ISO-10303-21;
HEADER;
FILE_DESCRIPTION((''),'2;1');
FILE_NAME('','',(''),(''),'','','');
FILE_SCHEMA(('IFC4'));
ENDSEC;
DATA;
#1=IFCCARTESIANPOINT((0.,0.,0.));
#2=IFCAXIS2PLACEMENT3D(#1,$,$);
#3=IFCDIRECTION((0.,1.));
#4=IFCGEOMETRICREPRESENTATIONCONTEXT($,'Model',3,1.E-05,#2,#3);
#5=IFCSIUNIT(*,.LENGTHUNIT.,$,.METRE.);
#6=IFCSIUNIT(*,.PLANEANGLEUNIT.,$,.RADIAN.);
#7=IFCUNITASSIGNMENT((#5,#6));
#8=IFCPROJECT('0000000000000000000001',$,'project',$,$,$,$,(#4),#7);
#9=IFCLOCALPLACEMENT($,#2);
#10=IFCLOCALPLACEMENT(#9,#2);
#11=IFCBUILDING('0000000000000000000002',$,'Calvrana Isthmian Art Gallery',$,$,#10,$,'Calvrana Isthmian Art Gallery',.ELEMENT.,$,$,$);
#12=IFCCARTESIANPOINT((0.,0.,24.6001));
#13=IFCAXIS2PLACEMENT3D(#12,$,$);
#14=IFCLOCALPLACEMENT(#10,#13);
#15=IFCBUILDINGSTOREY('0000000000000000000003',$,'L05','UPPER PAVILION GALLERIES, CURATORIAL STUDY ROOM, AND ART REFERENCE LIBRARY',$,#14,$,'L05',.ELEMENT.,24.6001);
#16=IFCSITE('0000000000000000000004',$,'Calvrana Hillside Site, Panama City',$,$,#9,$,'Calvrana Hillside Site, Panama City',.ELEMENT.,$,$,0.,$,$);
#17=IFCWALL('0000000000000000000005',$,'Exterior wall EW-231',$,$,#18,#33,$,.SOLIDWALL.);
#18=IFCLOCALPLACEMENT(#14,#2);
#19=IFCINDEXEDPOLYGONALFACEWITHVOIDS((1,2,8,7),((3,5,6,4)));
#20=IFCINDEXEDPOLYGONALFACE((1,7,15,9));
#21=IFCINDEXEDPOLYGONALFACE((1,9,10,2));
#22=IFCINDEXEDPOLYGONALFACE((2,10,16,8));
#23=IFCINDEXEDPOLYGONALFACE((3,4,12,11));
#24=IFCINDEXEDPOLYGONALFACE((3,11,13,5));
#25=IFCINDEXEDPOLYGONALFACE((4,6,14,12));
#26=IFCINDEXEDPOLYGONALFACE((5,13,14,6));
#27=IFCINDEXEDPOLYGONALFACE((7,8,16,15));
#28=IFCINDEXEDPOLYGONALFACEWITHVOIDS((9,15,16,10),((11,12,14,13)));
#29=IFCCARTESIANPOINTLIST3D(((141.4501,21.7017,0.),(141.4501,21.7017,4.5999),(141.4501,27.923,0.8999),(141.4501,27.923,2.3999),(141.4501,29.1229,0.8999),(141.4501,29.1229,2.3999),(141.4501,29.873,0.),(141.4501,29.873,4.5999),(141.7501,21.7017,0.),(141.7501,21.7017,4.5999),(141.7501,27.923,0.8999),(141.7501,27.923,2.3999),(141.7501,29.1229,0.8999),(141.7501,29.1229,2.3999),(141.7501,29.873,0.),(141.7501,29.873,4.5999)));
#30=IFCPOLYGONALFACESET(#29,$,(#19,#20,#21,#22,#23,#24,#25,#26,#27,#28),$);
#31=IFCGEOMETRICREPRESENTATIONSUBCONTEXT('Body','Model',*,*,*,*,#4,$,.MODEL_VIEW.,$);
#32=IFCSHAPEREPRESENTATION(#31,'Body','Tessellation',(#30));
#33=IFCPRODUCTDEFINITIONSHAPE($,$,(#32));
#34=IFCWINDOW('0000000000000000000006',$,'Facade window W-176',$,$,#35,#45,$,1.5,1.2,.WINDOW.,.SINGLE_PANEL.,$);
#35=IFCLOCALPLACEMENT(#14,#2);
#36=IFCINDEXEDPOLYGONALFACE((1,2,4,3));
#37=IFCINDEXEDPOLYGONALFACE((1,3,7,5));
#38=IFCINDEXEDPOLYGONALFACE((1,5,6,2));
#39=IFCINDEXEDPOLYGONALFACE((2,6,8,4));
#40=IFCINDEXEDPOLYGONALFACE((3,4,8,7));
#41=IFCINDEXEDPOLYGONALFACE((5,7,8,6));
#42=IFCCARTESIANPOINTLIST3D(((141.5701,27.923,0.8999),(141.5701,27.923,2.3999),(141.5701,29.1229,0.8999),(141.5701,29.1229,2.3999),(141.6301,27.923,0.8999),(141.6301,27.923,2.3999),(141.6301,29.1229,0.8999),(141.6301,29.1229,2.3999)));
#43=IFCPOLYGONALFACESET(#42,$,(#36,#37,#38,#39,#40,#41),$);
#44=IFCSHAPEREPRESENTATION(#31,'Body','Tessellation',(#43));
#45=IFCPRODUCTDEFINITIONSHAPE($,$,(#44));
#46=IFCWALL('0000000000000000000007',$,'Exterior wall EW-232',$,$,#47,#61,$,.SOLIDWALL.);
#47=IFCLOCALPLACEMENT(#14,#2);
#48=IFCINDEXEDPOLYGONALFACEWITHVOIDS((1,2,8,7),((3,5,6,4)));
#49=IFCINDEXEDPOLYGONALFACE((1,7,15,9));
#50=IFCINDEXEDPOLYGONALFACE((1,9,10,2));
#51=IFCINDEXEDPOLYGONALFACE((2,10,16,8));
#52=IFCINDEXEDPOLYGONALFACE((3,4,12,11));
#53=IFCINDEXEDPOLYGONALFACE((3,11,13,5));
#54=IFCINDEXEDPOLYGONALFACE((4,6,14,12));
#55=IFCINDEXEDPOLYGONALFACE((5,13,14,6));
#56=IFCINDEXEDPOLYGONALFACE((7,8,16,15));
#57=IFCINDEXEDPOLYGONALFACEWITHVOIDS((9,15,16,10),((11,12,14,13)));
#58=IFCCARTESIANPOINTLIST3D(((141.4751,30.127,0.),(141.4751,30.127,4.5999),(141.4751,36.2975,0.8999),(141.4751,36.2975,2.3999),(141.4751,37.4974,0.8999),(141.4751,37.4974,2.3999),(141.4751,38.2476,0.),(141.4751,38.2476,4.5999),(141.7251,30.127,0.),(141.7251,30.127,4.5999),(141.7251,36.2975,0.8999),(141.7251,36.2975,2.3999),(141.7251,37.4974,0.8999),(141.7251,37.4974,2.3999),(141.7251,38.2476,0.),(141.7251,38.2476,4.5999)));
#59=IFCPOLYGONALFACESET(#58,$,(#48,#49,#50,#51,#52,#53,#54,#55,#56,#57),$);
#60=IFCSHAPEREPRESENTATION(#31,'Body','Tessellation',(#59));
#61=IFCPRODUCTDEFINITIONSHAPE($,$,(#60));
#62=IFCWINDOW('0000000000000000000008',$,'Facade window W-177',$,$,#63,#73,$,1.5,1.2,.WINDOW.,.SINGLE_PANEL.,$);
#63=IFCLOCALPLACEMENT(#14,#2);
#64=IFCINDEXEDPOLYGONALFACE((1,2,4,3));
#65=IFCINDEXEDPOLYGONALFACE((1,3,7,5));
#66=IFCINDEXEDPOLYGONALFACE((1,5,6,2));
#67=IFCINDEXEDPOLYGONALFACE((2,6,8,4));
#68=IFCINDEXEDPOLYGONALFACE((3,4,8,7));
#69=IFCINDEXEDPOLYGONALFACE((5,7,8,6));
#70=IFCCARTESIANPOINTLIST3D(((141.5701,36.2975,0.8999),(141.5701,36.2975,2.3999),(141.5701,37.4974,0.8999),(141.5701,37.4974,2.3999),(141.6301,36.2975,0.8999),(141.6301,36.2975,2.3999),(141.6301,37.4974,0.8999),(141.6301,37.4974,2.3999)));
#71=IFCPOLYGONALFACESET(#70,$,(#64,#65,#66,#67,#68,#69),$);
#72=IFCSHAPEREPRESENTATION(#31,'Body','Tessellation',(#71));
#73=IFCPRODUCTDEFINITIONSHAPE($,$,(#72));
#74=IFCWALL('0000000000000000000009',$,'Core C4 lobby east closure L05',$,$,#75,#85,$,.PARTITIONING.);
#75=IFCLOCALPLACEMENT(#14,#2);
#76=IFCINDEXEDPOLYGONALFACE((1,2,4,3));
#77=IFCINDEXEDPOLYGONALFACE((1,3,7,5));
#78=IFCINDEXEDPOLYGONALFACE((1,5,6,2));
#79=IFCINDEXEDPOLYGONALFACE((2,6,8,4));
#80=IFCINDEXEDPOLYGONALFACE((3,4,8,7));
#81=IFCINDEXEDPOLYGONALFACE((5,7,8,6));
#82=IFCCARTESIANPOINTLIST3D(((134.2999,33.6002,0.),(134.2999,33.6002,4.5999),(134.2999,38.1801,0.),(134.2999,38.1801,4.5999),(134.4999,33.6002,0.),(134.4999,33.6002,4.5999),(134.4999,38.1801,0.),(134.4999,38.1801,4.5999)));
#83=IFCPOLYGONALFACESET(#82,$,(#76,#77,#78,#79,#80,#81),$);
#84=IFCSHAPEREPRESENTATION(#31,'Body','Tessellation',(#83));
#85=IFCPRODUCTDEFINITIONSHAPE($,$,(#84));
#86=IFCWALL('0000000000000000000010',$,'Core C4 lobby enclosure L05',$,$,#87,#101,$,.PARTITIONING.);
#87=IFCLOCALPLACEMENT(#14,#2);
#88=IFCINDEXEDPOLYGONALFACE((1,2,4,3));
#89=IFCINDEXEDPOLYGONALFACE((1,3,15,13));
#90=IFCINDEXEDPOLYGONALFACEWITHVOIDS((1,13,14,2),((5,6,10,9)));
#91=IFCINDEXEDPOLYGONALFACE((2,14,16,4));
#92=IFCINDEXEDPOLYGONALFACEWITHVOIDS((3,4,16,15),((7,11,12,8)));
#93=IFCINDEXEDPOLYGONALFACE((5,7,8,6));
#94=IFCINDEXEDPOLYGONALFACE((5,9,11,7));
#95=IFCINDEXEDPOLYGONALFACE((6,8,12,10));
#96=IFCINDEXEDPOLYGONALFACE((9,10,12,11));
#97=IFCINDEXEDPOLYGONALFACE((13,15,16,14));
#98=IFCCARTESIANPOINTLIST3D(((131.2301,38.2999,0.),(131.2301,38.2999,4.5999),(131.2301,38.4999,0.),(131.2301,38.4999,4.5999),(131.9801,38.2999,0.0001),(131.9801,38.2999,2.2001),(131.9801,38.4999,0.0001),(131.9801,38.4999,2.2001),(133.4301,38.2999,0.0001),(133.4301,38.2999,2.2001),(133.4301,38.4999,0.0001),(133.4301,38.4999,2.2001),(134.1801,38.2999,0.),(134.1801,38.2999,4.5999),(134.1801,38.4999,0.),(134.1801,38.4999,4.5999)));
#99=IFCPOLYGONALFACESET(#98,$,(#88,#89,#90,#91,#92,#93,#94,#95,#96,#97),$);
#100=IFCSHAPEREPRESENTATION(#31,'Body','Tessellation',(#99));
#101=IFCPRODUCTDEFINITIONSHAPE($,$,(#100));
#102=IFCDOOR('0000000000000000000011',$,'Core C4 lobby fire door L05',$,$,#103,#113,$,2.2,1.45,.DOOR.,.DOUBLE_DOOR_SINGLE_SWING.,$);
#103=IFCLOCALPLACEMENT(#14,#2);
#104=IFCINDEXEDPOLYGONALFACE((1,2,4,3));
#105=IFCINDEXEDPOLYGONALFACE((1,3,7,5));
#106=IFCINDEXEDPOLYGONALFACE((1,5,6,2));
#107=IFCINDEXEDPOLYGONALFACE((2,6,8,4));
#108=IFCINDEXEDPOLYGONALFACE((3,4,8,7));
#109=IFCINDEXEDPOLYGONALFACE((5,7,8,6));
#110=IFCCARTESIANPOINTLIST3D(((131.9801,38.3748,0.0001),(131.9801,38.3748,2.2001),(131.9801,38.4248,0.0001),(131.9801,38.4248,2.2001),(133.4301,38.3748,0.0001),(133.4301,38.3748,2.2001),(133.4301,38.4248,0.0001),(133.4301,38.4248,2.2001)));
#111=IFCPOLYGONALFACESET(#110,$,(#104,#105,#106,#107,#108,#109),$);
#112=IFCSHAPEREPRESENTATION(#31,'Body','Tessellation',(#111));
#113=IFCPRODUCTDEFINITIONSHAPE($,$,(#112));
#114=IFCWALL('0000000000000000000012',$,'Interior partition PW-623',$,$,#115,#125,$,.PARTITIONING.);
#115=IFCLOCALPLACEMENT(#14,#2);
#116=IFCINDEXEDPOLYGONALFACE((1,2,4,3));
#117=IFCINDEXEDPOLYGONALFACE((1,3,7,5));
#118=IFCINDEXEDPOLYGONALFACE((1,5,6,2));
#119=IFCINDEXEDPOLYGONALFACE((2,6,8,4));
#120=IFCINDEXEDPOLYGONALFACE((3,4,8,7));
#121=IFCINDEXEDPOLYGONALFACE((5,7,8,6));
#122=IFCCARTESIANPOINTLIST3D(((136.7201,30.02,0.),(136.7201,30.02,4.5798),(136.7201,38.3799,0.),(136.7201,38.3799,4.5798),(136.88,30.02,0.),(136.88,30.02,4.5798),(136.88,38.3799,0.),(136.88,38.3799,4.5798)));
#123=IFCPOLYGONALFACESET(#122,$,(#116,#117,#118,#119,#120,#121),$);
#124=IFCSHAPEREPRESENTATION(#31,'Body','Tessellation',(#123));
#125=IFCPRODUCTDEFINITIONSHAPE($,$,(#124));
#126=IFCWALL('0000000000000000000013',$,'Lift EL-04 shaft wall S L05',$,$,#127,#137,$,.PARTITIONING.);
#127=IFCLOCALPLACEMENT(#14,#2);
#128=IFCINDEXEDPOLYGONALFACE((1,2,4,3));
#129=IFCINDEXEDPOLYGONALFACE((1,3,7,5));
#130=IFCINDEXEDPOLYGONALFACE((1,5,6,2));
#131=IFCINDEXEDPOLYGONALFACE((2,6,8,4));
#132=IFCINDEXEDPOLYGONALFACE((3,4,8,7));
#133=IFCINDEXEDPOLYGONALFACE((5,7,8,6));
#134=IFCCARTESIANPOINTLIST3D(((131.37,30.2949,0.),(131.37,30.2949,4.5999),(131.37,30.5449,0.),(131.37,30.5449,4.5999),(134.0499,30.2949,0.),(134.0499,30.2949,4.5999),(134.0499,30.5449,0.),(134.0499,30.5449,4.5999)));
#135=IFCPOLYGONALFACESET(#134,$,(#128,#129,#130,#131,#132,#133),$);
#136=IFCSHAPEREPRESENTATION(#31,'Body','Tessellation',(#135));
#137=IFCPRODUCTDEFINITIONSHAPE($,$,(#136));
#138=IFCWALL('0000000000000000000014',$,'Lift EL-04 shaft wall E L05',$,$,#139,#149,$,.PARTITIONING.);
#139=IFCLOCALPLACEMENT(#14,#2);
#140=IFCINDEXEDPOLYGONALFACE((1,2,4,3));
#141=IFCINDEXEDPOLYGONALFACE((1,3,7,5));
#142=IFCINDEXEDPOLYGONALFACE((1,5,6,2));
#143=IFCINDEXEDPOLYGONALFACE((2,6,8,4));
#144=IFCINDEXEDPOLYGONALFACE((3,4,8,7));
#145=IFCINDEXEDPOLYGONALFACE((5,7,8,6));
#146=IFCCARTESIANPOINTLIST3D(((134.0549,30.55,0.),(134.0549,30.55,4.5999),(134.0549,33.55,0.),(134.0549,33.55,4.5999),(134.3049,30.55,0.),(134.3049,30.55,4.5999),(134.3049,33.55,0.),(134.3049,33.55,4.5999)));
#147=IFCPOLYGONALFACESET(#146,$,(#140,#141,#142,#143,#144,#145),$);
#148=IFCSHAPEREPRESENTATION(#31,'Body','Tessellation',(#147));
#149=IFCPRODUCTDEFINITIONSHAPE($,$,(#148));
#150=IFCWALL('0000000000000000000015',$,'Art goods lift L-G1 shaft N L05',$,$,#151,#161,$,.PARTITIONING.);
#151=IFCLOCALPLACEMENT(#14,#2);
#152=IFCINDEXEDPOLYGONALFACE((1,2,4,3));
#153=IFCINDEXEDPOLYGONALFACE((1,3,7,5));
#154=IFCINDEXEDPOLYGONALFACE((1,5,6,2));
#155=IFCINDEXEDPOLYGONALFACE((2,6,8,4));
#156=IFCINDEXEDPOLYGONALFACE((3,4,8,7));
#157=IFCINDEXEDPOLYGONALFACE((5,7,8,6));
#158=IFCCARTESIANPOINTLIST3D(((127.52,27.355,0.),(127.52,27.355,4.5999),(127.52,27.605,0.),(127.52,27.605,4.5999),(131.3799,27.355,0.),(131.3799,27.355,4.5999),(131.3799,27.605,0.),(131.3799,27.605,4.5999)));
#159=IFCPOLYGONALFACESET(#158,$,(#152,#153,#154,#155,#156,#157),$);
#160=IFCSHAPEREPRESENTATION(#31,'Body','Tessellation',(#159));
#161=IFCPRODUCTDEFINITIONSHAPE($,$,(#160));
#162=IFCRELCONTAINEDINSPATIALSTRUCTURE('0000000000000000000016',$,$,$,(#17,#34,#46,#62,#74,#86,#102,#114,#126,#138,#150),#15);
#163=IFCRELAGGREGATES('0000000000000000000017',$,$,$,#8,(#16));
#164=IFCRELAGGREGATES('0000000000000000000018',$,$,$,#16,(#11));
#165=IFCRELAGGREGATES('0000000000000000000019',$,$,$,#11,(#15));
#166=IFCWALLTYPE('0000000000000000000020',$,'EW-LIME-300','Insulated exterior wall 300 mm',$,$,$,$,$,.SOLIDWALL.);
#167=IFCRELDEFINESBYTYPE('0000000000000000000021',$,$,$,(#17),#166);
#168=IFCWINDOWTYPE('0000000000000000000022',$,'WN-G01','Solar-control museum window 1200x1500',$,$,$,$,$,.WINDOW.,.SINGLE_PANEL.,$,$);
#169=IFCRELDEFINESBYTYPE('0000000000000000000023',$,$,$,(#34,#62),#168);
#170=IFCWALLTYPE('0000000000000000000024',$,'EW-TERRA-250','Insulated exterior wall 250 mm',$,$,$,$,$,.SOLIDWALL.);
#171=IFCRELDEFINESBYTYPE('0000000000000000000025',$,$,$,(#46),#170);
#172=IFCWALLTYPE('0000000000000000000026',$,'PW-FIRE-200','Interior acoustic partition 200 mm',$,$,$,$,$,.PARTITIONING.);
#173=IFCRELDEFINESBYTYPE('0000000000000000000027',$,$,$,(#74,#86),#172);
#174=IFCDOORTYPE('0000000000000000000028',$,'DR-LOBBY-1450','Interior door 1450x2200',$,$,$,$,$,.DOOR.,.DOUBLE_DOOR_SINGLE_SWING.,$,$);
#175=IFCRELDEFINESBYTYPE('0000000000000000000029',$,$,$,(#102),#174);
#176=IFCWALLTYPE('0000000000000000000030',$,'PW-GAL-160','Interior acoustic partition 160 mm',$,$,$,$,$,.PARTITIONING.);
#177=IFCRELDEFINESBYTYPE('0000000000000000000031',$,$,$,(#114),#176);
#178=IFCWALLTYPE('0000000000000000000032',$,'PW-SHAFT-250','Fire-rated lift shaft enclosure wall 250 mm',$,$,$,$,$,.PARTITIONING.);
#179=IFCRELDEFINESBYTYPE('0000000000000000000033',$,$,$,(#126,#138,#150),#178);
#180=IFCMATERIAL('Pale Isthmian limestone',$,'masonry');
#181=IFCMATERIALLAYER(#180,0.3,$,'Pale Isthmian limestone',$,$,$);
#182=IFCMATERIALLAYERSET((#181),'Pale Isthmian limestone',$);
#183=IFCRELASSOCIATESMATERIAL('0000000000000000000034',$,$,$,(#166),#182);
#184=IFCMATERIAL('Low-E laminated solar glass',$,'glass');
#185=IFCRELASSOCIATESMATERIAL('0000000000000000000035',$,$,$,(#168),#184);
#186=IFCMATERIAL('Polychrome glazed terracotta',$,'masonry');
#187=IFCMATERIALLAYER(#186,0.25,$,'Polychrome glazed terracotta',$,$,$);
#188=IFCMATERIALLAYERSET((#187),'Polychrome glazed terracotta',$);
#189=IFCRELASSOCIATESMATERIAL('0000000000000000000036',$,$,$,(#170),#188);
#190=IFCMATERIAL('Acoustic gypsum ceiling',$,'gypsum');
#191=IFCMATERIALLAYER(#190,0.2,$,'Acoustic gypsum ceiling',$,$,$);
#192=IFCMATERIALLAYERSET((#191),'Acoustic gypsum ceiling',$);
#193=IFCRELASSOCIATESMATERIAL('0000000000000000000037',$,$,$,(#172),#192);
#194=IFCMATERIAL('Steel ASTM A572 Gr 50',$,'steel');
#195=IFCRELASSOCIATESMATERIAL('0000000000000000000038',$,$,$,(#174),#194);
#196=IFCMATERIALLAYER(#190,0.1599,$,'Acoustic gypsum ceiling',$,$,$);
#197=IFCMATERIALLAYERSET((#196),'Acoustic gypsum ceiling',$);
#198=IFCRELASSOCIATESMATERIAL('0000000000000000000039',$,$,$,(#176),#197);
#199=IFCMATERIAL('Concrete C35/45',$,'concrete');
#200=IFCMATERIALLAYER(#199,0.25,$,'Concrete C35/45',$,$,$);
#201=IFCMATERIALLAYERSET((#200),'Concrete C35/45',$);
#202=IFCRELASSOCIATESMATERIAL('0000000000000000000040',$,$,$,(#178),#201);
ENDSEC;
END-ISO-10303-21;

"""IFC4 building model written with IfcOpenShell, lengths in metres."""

from ifc_helpers import new_model, si_unit, direction, frame, frame_2d, origin, place, context, subcontext, project, spatial, rectangle, extrude, material, layer, layer_set, type_object, element, fill, save


model = new_model("IFC4")

# Units and contexts
model_context = context("Model", 3, precision=1e-05, world=origin(), true_north=direction((0.0, 1.0)))
body_context = subcontext(model_context, "Body", "Model", "MODEL_VIEW")
ifc_project = project(units=[si_unit("LENGTHUNIT", "METRE"), si_unit("PLANEANGLEUNIT", "RADIAN")], contexts=[model_context])

# Site, building, storey
site_placement = place(None, origin())
site = spatial("IfcSite", under=ifc_project, at=site_placement, Name="Calvrana Hillside Site, Panama City", LongName="Calvrana Hillside Site, Panama City", CompositionType="ELEMENT", RefElevation=0.0)
building_placement = place(site_placement, origin())
building = spatial("IfcBuilding", under=site, at=building_placement, Name="Calvrana Isthmian Art Gallery", LongName="Calvrana Isthmian Art Gallery", CompositionType="ELEMENT")
storey_placement = place(building_placement, frame((0.0, 0.0, 24.6001)))
storey = spatial("IfcBuildingStorey", under=building, at=storey_placement, Name="L05", Description="UPPER PAVILION GALLERIES, CURATORIAL STUDY ROOM, AND ART REFERENCE LIBRARY", LongName="L05", CompositionType="ELEMENT", Elevation=24.6001)

# Shared definitions
ifc_material_1 = material(Name="Steel ASTM A572 Gr 50", Category="steel")

# Walls, openings, windows
ifc_material_2 = material(Name="Pale Isthmian limestone", Category="masonry")
ifc_layer_1 = layer(ifc_material_2, 0.3, Name="Pale Isthmian limestone")
ifc_layer_set_1 = layer_set([ifc_layer_1], Name="Pale Isthmian limestone")
wall_type_1 = type_object("IfcWallType", Name="EW-LIME-300", Description="Insulated exterior wall 300 mm", PredefinedType="SOLIDWALL", material=ifc_layer_set_1)
wall_1_placement = place(storey_placement, frame((141.6001, 29.873, 0.0), z_axis=(0.0, 0.0, 1.0), x_axis=(0.0, -1.0, 0.0)))
wall_1 = element("IfcWall", 1, at=wall_1_placement, inside=storey, type_object=wall_type_1, Name="Exterior wall EW-231", PredefinedType="SOLIDWALL", context=body_context, shape_type="SweptSolid", body=[
    extrude(rectangle(XDim=8.1714, YDim=0.3, at=frame_2d((4.0857, 0.0))), origin(), (0.0, 0.0, 1.0), 4.5999),
])
opening_1_placement = place(wall_1_placement, frame((0.75, 0.0, 0.8999)))
opening_1 = element("IfcOpeningElement", 2, at=opening_1_placement, cuts=wall_1, PredefinedType="OPENING", context=body_context, shape_type="SweptSolid", body=[
    extrude(rectangle(XDim=1.2, YDim=1.5, at=frame_2d((0.6001, 0.75))), frame((0.0, 0.1602, 0.0), z_axis=(0.0, -1.0, 0.0), x_axis=(1.0, 0.0, 0.0)), (0.0, 0.0, 1.0), 0.3206),
])
ifc_material_3 = material(Name="Low-E laminated solar glass", Category="glass")
window_type = type_object("IfcWindowType", Name="WN-G01", Description="Solar-control museum window 1200x1500", PartitioningType="SINGLE_PANEL", PredefinedType="WINDOW", material=ifc_material_3)
window_1_placement = place(opening_1_placement, origin())
window_1 = element("IfcWindow", 3, at=window_1_placement, inside=storey, type_object=window_type, Name="Facade window W-176", OverallHeight=1.5, OverallWidth=1.2, PartitioningType="SINGLE_PANEL", PredefinedType="WINDOW", context=body_context, shape_type="SweptSolid", body=[
    extrude(rectangle(XDim=1.2, YDim=1.5, at=frame_2d((0.6001, 0.75))), frame((0.0, 0.03, 0.0), z_axis=(0.0, -1.0, 0.0), x_axis=(1.0, 0.0, 0.0)), (0.0, 0.0, 1.0), 0.0601),
])
fill(opening_1, window_1)
ifc_material_4 = material(Name="Polychrome glazed terracotta", Category="masonry")
ifc_layer_2 = layer(ifc_material_4, 0.25, Name="Polychrome glazed terracotta")
ifc_layer_set_2 = layer_set([ifc_layer_2], Name="Polychrome glazed terracotta")
wall_type_2 = type_object("IfcWallType", Name="EW-TERRA-250", Description="Insulated exterior wall 250 mm", PredefinedType="SOLIDWALL", material=ifc_layer_set_2)
wall_2_placement = place(storey_placement, frame((141.6001, 38.2476, 0.0), z_axis=(0.0, 0.0, 1.0), x_axis=(0.0, -1.0, 0.0)))
wall_2 = element("IfcWall", 4, at=wall_2_placement, inside=storey, type_object=wall_type_2, Name="Exterior wall EW-232", PredefinedType="SOLIDWALL", context=body_context, shape_type="SweptSolid", body=[
    extrude(rectangle(XDim=8.1206, YDim=0.25, at=frame_2d((4.0603, 0.0))), origin(), (0.0, 0.0, 1.0), 4.5999),
])
opening_2_placement = place(wall_2_placement, frame((0.75, 0.0, 0.8999)))
opening_2 = element("IfcOpeningElement", 5, at=opening_2_placement, cuts=wall_2, PredefinedType="OPENING", context=body_context, shape_type="SweptSolid", body=[
    extrude(rectangle(XDim=1.2, YDim=1.5, at=frame_2d((0.6001, 0.75))), frame((0.0, 0.1353, 0.0), z_axis=(0.0, -1.0, 0.0), x_axis=(1.0, 0.0, 0.0)), (0.0, 0.0, 1.0), 0.2705),
])
window_2_placement = place(opening_2_placement, origin())
window_2 = element("IfcWindow", 6, at=window_2_placement, inside=storey, type_object=window_type, Name="Facade window W-177", OverallHeight=1.5, OverallWidth=1.2, PartitioningType="SINGLE_PANEL", PredefinedType="WINDOW", context=body_context, shape_type="SweptSolid", body=[
    extrude(rectangle(XDim=1.2, YDim=1.5, at=frame_2d((0.6001, 0.75))), frame((0.0, 0.03, 0.0), z_axis=(0.0, -1.0, 0.0), x_axis=(1.0, 0.0, 0.0)), (0.0, 0.0, 1.0), 0.0601),
])
fill(opening_2, window_2)

# Wall
ifc_material_5 = material(Name="Acoustic gypsum ceiling", Category="gypsum")
ifc_layer_3 = layer(ifc_material_5, 0.2, Name="Acoustic gypsum ceiling")
ifc_layer_set_3 = layer_set([ifc_layer_3], Name="Acoustic gypsum ceiling")
wall_type_3 = type_object("IfcWallType", Name="PW-FIRE-200", Description="Interior acoustic partition 200 mm", PredefinedType="PARTITIONING", material=ifc_layer_set_3)
wall_3_placement = place(storey_placement, frame((134.3999, 33.6001, 0.0), z_axis=(0.0, 0.0, 1.0), x_axis=(0.0, 1.0, 0.0)))
element("IfcWall", 7, at=wall_3_placement, inside=storey, type_object=wall_type_3, Name="Core C4 lobby east closure L05", PredefinedType="PARTITIONING", context=body_context, shape_type="SweptSolid", body=[
    extrude(rectangle(XDim=4.5798, YDim=0.2, at=frame_2d((2.29, 0.0))), origin(), (0.0, 0.0, 1.0), 4.5999),
])

# Wall, opening, door
wall_4_placement = place(storey_placement, frame((131.23, 38.3999, 0.0), z_axis=(0.0, 0.0, 1.0), x_axis=(1.0, 0.0, 0.0)))
wall_4 = element("IfcWall", 8, at=wall_4_placement, inside=storey, type_object=wall_type_3, Name="Core C4 lobby enclosure L05", PredefinedType="PARTITIONING", context=body_context, shape_type="SweptSolid", body=[
    extrude(rectangle(XDim=2.95, YDim=0.2, at=frame_2d((1.4751, 0.0))), origin(), (0.0, 0.0, 1.0), 4.5999),
])
opening_3_placement = place(wall_4_placement, frame((0.75, 0.0, 0.0)))
opening_3 = element("IfcOpeningElement", 9, at=opening_3_placement, cuts=wall_4, PredefinedType="OPENING", context=body_context, shape_type="SweptSolid", body=[
    extrude(rectangle(XDim=1.45, YDim=2.2, at=frame_2d((0.7251, 1.1001))), frame((0.0, 0.1104, 0.0), z_axis=(0.0, -1.0, 0.0), x_axis=(1.0, 0.0, 0.0)), (0.0, 0.0, 1.0), 0.2205),
])
door_type_1 = type_object("IfcDoorType", Name="DR-LOBBY-1450", Description="Interior door 1450x2200", OperationType="DOUBLE_DOOR_SINGLE_SWING", PredefinedType="DOOR", material=ifc_material_1)
door_1_placement = place(opening_3_placement, origin())
door_1 = element("IfcDoor", 10, at=door_1_placement, inside=storey, type_object=door_type_1, Name="Core C4 lobby fire door L05", OperationType="DOUBLE_DOOR_SINGLE_SWING", OverallHeight=2.2, OverallWidth=1.45, PredefinedType="DOOR", context=body_context, shape_type="SweptSolid", body=[
    extrude(rectangle(XDim=1.45, YDim=2.2, at=frame_2d((0.7251, 1.1001))), frame((0.0, 0.0249, 0.0), z_axis=(0.0, -1.0, 0.0), x_axis=(1.0, 0.0, 0.0)), (0.0, 0.0, 1.0), 0.05),
])
fill(opening_3, door_1)

# Walls
ifc_layer_4 = layer(ifc_material_5, 0.1599, Name="Acoustic gypsum ceiling")
ifc_layer_set_4 = layer_set([ifc_layer_4], Name="Acoustic gypsum ceiling")
wall_type_4 = type_object("IfcWallType", Name="PW-GAL-160", Description="Interior acoustic partition 160 mm", PredefinedType="PARTITIONING", material=ifc_layer_set_4)
wall_5_placement = place(storey_placement, frame((136.8, 30.02, 0.0), z_axis=(0.0, 0.0, 1.0), x_axis=(0.0, 1.0, 0.0)))
element("IfcWall", 11, at=wall_5_placement, inside=storey, type_object=wall_type_4, Name="Interior partition PW-623", PredefinedType="PARTITIONING", context=body_context, shape_type="SweptSolid", body=[
    extrude(rectangle(XDim=8.3599, YDim=0.1599, at=frame_2d((4.1799, 0.0))), origin(), (0.0, 0.0, 1.0), 4.5798),
])
ifc_material_6 = material(Name="Concrete C35/45", Category="concrete")
ifc_layer_5 = layer(ifc_material_6, 0.25, Name="Concrete C35/45")
ifc_layer_set_5 = layer_set([ifc_layer_5], Name="Concrete C35/45")
wall_type_5 = type_object("IfcWallType", Name="PW-SHAFT-250", Description="Fire-rated lift shaft enclosure wall 250 mm", PredefinedType="PARTITIONING", material=ifc_layer_set_5)
wall_6_placement = place(storey_placement, frame((131.3701, 30.4199, 0.0), z_axis=(0.0, 0.0, 1.0), x_axis=(1.0, 0.0, 0.0)))
element("IfcWall", 12, at=wall_6_placement, inside=storey, type_object=wall_type_5, Name="Lift EL-04 shaft wall S L05", PredefinedType="PARTITIONING", context=body_context, shape_type="SweptSolid", body=[
    extrude(rectangle(XDim=2.6799, YDim=0.25, at=frame_2d((1.3398, 0.0))), origin(), (0.0, 0.0, 1.0), 4.5999),
])
wall_7_placement = place(storey_placement, frame((134.1799, 30.55, 0.0), z_axis=(0.0, 0.0, 1.0), x_axis=(0.0, 1.0, 0.0)))
element("IfcWall", 13, at=wall_7_placement, inside=storey, type_object=wall_type_5, Name="Lift EL-04 shaft wall E L05", PredefinedType="PARTITIONING", context=body_context, shape_type="SweptSolid", body=[
    extrude(rectangle(XDim=3.0, YDim=0.25, at=frame_2d((1.5, 0.0))), origin(), (0.0, 0.0, 1.0), 4.5999),
])

# Wall
wall_8_placement = place(storey_placement, frame((127.52, 27.48, 0.0), z_axis=(0.0, 0.0, 1.0), x_axis=(1.0, 0.0, 0.0)))
element("IfcWall", 14, at=wall_8_placement, inside=storey, type_object=wall_type_5, Name="Art goods lift L-G1 shaft N L05", PredefinedType="PARTITIONING", context=body_context, shape_type="SweptSolid", body=[
    extrude(rectangle(XDim=3.8599, YDim=0.25, at=frame_2d((1.9299, 0.0))), origin(), (0.0, 0.0, 1.0), 4.5999),
])

save(model, "model.ifc")
